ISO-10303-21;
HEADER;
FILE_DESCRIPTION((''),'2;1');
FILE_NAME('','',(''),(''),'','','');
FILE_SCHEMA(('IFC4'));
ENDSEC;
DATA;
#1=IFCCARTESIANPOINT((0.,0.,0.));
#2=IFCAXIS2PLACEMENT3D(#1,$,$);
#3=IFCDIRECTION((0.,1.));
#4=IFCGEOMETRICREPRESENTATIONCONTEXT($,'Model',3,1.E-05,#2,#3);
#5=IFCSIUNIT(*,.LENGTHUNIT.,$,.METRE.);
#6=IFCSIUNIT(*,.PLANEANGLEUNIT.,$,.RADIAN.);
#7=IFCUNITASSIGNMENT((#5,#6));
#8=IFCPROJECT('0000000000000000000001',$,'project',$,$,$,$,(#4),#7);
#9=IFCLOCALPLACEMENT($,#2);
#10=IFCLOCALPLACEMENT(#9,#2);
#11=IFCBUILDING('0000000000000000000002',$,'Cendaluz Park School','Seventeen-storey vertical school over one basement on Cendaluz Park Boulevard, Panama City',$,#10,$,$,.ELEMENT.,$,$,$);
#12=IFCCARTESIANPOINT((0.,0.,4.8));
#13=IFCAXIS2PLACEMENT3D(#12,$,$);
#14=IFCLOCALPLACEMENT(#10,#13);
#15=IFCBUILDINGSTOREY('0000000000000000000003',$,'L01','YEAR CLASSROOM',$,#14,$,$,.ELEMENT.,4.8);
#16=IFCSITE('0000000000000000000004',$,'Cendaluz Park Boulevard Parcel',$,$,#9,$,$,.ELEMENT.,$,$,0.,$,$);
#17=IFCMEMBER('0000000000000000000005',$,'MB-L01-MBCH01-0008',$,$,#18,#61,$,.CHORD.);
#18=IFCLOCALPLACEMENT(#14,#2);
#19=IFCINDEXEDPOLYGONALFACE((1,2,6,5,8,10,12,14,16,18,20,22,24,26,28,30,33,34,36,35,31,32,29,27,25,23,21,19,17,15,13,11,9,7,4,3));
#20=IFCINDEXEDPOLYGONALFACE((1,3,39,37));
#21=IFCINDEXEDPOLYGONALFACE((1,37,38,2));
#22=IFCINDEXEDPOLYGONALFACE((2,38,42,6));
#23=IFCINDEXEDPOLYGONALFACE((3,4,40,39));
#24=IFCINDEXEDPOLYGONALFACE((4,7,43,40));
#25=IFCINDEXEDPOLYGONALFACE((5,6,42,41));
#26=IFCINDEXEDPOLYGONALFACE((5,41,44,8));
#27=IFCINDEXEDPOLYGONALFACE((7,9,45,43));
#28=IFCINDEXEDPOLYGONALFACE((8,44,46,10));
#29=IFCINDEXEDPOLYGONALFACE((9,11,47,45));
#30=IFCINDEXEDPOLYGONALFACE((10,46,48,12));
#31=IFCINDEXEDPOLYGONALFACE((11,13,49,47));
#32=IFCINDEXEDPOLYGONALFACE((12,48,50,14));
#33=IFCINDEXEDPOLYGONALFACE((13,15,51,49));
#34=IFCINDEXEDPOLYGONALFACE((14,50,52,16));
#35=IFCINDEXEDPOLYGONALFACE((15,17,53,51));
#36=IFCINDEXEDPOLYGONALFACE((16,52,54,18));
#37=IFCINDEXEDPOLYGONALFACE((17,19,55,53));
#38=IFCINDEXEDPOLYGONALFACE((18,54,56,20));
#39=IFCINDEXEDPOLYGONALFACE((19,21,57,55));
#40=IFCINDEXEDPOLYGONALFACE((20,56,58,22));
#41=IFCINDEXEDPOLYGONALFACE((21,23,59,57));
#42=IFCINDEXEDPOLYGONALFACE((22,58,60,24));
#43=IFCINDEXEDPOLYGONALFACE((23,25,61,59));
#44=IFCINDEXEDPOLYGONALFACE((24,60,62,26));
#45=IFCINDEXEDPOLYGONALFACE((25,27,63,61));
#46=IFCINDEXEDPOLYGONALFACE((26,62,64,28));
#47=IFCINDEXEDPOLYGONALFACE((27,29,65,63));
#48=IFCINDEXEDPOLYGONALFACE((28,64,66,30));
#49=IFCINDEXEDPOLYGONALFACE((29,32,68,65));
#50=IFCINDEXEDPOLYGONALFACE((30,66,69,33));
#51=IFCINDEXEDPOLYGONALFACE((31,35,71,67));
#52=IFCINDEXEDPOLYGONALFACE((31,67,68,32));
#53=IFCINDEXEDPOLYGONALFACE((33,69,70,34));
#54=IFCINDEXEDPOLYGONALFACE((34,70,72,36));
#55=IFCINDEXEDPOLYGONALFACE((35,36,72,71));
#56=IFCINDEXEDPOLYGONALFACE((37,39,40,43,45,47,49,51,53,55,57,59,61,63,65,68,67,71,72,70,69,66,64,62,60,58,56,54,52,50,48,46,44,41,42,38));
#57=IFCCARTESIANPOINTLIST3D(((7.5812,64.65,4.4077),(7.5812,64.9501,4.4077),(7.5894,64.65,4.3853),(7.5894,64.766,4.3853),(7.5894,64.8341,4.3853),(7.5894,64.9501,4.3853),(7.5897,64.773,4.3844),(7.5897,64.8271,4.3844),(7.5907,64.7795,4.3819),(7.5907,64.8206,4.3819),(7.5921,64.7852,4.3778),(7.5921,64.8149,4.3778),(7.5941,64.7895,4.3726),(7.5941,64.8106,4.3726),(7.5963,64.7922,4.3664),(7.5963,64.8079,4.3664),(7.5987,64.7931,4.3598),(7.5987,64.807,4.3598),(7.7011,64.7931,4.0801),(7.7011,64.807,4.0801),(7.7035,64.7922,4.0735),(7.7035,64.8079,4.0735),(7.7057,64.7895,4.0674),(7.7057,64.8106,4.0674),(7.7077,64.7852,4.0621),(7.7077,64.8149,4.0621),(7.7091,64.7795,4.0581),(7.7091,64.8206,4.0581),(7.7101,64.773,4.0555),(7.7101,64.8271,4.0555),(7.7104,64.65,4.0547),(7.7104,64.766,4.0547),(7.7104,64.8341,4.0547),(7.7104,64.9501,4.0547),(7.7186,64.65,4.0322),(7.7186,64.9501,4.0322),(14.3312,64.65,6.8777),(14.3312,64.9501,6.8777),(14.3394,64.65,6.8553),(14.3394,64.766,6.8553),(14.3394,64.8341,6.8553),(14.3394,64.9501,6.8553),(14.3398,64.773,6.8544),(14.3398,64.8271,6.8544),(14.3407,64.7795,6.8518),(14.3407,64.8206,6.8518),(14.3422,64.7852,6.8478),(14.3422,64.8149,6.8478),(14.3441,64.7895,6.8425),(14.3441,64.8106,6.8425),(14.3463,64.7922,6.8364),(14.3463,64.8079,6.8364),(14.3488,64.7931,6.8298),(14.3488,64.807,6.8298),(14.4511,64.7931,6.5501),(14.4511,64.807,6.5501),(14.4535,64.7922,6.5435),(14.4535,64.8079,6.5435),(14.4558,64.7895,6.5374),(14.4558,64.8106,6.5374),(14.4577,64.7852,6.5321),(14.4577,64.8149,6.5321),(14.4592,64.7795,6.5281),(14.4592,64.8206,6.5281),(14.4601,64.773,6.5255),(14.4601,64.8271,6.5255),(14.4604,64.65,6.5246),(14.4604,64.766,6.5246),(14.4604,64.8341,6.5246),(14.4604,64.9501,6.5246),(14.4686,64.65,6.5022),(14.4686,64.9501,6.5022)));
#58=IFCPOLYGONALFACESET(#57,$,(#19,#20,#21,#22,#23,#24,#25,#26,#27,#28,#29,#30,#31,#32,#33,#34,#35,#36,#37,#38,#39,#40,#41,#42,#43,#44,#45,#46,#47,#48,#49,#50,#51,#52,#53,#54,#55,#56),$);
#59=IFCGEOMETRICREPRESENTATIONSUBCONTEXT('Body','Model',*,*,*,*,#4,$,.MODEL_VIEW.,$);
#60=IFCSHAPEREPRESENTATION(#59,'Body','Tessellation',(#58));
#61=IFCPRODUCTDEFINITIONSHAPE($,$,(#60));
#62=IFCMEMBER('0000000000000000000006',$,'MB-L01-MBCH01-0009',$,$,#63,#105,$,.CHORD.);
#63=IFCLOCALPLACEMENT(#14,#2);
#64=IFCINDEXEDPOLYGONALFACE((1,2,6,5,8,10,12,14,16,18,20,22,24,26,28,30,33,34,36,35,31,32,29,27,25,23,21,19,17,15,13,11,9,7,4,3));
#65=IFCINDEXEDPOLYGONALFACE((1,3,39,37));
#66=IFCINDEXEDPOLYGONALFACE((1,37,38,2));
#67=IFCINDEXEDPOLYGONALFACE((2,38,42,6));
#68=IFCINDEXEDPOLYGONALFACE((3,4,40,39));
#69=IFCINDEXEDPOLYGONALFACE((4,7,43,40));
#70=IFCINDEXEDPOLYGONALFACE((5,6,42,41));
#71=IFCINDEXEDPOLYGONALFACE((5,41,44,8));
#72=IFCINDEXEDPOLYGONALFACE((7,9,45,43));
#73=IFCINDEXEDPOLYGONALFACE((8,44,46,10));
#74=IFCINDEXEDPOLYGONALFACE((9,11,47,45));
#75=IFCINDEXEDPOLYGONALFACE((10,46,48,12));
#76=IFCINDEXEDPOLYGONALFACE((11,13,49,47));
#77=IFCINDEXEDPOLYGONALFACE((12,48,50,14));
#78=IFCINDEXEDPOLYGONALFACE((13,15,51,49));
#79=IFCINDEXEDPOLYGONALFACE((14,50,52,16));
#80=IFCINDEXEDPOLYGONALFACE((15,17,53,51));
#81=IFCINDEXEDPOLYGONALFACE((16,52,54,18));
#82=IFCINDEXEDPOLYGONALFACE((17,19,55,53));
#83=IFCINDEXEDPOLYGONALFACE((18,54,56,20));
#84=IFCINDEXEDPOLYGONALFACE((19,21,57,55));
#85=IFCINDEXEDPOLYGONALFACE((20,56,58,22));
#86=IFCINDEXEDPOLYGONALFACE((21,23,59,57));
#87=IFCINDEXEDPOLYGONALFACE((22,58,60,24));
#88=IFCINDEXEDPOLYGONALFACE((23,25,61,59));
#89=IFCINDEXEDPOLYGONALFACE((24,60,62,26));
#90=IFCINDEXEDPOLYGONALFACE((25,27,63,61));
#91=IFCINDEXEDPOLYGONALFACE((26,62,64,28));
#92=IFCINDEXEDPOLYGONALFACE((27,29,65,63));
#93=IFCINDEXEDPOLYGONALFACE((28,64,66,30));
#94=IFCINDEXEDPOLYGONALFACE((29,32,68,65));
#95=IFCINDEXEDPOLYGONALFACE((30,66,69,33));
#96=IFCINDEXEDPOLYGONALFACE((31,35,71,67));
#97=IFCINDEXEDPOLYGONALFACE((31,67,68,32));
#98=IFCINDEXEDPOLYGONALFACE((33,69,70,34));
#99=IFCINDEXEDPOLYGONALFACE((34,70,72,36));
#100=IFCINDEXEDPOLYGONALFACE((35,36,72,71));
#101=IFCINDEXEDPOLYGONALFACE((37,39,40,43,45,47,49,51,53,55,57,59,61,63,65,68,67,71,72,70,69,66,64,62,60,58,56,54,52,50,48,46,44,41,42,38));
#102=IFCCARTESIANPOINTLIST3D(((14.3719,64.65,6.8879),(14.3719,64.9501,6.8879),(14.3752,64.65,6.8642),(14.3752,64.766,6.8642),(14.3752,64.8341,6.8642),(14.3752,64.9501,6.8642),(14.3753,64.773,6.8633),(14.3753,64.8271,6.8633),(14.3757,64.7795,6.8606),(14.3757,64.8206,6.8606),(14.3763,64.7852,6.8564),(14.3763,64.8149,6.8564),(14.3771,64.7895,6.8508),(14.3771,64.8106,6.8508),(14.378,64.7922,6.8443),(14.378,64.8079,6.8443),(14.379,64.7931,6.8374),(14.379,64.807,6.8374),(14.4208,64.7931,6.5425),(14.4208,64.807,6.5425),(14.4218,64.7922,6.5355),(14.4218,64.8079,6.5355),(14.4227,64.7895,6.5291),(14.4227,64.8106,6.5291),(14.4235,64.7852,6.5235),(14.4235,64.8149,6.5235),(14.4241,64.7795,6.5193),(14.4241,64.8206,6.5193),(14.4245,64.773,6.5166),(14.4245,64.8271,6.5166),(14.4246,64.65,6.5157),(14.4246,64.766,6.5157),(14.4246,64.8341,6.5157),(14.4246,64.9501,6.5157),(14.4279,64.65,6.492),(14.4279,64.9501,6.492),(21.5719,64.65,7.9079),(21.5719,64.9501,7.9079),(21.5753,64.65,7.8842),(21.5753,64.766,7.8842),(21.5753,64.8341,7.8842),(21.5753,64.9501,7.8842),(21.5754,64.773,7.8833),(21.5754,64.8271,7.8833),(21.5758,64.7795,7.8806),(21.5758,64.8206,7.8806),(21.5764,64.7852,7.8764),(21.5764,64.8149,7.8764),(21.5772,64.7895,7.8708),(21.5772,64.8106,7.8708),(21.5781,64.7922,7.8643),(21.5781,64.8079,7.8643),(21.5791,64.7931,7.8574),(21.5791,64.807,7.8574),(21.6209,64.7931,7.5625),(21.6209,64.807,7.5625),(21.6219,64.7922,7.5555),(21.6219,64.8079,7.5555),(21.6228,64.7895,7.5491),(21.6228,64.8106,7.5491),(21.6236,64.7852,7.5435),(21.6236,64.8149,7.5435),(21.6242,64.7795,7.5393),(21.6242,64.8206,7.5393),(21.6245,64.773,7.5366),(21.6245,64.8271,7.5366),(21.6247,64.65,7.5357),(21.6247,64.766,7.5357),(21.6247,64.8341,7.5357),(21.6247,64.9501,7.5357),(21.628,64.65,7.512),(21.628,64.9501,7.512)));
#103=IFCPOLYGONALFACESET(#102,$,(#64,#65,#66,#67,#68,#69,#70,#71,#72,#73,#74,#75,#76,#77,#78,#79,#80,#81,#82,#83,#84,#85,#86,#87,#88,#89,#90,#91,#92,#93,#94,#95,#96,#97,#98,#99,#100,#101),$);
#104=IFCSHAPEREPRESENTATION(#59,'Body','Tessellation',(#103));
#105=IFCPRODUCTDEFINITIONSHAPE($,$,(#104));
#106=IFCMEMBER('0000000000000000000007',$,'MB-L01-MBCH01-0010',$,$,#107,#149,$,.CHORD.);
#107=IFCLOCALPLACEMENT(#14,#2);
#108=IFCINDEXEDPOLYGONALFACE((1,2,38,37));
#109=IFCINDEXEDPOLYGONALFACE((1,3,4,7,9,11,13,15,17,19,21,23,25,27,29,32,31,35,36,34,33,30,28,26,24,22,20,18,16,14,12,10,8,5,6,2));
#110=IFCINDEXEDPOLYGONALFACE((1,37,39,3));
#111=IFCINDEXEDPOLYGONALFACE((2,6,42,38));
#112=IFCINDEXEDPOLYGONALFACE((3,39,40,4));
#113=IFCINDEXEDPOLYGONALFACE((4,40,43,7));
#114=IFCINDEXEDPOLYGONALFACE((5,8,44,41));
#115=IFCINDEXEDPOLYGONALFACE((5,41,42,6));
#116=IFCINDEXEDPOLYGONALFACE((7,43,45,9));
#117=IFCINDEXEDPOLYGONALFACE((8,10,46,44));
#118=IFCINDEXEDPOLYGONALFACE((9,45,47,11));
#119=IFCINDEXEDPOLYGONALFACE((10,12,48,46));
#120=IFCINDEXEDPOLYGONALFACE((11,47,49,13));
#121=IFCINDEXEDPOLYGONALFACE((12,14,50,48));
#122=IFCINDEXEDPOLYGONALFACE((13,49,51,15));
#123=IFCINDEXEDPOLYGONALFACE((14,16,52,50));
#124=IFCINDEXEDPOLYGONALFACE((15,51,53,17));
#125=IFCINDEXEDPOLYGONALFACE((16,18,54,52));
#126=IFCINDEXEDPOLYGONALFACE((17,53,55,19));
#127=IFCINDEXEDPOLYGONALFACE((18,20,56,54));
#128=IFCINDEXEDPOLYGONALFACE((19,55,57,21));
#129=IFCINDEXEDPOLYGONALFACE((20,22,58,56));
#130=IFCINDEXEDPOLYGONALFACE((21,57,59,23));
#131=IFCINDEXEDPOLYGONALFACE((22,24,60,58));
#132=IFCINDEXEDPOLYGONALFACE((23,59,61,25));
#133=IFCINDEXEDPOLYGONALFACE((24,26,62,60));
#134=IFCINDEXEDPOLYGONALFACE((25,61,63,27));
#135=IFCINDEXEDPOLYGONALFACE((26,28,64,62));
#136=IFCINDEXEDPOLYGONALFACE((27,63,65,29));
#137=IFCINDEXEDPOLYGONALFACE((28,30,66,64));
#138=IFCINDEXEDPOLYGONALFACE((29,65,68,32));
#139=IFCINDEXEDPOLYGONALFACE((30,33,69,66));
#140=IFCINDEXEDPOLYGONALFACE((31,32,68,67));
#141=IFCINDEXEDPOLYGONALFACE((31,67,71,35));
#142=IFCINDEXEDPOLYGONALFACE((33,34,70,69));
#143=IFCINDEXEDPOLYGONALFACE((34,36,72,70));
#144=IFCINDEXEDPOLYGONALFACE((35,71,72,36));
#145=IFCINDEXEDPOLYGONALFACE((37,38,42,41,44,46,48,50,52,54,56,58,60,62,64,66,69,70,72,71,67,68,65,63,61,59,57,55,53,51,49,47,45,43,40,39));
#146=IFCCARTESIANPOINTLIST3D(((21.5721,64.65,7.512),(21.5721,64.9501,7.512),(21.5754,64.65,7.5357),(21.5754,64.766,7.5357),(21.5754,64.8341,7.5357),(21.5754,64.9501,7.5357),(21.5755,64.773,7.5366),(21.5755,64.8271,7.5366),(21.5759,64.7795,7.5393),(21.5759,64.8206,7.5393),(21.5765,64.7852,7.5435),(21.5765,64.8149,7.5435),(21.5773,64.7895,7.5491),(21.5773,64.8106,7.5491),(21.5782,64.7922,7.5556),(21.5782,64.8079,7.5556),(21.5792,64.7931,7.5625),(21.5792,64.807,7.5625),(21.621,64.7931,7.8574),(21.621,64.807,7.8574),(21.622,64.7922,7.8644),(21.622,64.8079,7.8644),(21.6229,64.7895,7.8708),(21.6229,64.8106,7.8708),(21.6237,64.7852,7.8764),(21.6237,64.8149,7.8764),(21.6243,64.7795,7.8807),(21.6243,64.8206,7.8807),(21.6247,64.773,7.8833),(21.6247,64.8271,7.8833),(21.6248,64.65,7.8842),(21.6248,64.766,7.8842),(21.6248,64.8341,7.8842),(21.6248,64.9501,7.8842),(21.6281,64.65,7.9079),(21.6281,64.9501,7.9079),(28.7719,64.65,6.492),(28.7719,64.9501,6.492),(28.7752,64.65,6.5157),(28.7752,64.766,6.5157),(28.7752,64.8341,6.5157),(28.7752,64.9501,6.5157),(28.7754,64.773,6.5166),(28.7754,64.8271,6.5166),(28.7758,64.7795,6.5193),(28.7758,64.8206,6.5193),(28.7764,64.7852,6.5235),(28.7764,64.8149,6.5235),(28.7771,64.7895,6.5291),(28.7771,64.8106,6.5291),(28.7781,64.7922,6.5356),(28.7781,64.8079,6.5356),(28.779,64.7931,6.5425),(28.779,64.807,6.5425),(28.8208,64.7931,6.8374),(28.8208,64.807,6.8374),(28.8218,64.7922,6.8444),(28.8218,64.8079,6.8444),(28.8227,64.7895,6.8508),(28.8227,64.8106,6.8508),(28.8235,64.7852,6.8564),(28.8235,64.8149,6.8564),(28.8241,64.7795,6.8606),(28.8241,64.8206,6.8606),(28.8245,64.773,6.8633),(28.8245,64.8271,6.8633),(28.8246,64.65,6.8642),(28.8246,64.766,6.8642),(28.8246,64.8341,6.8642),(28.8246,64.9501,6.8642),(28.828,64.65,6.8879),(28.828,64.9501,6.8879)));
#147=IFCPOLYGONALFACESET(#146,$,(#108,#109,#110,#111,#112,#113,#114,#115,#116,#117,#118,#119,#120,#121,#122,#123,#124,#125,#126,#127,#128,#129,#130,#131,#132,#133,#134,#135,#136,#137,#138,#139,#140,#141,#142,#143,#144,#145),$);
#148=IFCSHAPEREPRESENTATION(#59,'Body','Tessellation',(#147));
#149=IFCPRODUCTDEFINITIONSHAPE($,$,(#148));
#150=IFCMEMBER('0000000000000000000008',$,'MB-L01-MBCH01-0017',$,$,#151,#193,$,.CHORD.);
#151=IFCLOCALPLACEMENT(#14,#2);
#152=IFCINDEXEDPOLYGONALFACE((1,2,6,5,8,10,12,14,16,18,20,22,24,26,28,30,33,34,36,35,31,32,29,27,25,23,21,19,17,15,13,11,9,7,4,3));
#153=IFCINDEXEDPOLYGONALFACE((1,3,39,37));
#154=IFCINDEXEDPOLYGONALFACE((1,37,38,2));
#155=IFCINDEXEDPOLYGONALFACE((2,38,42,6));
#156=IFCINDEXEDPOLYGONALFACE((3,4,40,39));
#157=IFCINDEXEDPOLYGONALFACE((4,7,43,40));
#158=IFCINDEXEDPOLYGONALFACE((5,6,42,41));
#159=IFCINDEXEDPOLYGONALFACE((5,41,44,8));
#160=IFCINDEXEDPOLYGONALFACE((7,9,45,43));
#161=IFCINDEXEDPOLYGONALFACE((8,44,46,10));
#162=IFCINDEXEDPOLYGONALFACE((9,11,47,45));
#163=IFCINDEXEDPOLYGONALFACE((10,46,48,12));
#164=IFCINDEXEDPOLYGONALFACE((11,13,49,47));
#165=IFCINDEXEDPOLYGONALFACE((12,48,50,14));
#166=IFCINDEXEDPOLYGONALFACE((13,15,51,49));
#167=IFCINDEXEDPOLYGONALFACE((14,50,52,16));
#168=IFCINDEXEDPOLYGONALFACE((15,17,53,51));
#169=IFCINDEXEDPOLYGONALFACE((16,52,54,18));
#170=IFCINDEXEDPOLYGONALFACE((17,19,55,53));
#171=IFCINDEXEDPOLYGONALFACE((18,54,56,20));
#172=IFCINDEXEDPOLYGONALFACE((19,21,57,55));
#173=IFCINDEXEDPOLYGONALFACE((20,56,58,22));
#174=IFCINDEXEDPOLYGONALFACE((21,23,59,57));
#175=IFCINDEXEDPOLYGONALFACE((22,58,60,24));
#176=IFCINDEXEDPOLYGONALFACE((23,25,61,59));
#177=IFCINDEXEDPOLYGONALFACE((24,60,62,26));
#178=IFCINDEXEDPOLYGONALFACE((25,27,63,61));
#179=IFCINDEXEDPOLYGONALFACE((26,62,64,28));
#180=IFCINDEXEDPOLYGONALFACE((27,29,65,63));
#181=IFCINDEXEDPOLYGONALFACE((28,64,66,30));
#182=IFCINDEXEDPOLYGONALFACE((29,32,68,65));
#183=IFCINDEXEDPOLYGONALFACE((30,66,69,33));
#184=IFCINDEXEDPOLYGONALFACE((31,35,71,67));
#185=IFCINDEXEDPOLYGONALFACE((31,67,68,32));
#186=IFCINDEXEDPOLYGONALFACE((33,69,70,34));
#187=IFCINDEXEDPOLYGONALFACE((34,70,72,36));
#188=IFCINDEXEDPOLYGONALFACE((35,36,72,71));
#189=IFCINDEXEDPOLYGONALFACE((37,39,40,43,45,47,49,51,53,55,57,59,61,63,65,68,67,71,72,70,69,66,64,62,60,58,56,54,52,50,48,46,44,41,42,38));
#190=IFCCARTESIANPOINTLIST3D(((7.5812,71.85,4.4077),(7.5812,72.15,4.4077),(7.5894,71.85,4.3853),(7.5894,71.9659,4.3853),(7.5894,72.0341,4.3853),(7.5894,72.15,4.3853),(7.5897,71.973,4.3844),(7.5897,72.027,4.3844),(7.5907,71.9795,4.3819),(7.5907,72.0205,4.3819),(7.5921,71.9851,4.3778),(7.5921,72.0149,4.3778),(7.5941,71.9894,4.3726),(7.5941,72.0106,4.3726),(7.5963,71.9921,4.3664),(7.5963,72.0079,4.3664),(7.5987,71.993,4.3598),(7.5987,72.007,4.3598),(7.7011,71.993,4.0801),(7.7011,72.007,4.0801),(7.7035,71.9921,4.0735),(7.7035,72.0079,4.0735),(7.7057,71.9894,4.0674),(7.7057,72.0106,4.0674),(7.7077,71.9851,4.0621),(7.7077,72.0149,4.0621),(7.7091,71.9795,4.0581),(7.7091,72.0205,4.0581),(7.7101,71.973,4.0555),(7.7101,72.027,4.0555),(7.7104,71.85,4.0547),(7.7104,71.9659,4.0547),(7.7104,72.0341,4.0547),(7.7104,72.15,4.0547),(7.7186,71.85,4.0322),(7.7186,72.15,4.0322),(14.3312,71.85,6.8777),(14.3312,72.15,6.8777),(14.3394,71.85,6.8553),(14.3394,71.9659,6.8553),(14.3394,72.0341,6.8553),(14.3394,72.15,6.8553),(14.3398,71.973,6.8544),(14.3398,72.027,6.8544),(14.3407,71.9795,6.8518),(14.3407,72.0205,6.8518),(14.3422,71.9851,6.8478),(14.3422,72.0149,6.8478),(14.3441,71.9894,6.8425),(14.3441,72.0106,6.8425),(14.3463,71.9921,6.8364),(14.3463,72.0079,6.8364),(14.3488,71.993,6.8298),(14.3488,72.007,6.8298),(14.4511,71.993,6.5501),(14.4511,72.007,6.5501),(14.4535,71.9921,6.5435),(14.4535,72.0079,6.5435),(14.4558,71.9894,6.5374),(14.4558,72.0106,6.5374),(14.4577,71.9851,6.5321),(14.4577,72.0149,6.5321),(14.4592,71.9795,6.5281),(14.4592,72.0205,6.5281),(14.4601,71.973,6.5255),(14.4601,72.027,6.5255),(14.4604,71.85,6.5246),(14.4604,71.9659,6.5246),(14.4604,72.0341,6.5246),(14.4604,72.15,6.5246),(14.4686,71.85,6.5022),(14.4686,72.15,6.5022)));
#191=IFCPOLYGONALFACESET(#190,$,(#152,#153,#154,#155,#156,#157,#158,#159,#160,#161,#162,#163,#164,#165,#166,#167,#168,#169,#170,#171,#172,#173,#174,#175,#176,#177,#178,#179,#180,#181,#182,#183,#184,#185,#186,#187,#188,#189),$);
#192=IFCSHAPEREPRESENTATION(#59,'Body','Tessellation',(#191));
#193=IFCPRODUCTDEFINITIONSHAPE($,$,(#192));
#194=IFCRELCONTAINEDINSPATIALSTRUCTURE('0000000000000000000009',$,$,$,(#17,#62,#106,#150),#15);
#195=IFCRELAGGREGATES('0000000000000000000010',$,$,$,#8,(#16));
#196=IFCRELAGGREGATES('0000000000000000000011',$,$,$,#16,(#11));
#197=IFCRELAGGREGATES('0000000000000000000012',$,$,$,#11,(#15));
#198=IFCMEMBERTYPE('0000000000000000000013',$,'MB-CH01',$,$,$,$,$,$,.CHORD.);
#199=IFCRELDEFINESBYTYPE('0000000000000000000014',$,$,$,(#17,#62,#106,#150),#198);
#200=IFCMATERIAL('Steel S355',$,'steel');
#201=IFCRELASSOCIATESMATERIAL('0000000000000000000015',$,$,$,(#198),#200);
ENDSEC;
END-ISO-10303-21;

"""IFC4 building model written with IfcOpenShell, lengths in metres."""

from ifc_helpers import new_model, si_unit, direction, frame, origin, origin_2d, place, context, subcontext, project, spatial, i_section, extrude, material, material_profile, profile_set, type_object, element, save


model = new_model("IFC4")

# Units and contexts
model_context = context("Model", 3, precision=1e-05, world=origin(), true_north=direction((0.0, 1.0)))
body_context = subcontext(model_context, "Body", "Model", "MODEL_VIEW")
ifc_project = project(units=[si_unit("LENGTHUNIT", "METRE"), si_unit("PLANEANGLEUNIT", "RADIAN")], contexts=[model_context])

# Site, building, storey
site_placement = place(None, origin())
site = spatial("IfcSite", under=ifc_project, at=site_placement, Name="Cendaluz Park Boulevard Parcel", CompositionType="ELEMENT", RefElevation=0.0)
building_placement = place(site_placement, origin())
building = spatial("IfcBuilding", under=site, at=building_placement, Name="Cendaluz Park School", Description="Seventeen-storey vertical school over one basement on Cendaluz Park Boulevard, Panama City", CompositionType="ELEMENT")
storey_placement = place(building_placement, frame((0.0, 0.0, 4.8)))
storey = spatial("IfcBuildingStorey", under=building, at=storey_placement, Name="L01", Description="YEAR CLASSROOM", CompositionType="ELEMENT", Elevation=4.8)

# Shared definitions
ifc_material_1 = material(Name="Steel S355", Category="steel")

# Members
ifc_material_profile_1 = material_profile(ifc_material_1, i_section(OverallWidth=0.3, OverallDepth=0.3999, WebThickness=0.0139, FlangeThickness=0.0239, FilletRadius=0.0271, at=origin_2d()), Name="HEB 400", Category="steel")
ifc_profile_set_1 = profile_set([ifc_material_profile_1], Name="Steel S355")
member_type_1 = type_object("IfcMemberType", Name="MB-CH01", PredefinedType="CHORD", material=ifc_profile_set_1)
member_1_placement = place(storey_placement, frame((7.6499, 64.8, 4.22), z_axis=(0.939102, 0.0, 0.343638), x_axis=(0.0, 1.0, 0.0)))
element("IfcMember", 1, at=member_1_placement, inside=storey, type_object=member_type_1, Name="MB-L01-MBCH01-0008", PredefinedType="CHORD", context=body_context, shape_type="SweptSolid", body=[
    extrude(i_section(OverallWidth=0.3, OverallDepth=0.3999, WebThickness=0.0139, FlangeThickness=0.0239, FilletRadius=0.0271, at=origin_2d()), origin(), (0.0, 0.0, 1.0), 7.1877),
])
member_2_placement = place(storey_placement, frame((14.3999, 64.8, 6.6899), z_axis=(0.990114, 0.0, 0.140265), x_axis=(0.0, 1.0, 0.0)))
element("IfcMember", 2, at=member_2_placement, inside=storey, type_object=member_type_1, Name="MB-L01-MBCH01-0009", PredefinedType="CHORD", context=body_context, shape_type="SweptSolid", body=[
    extrude(i_section(OverallWidth=0.3, OverallDepth=0.3999, WebThickness=0.0139, FlangeThickness=0.0239, FilletRadius=0.0271, at=origin_2d()), origin(), (0.0, 0.0, 1.0), 7.272),
])
member_3_placement = place(storey_placement, frame((21.6001, 64.8, 7.71), z_axis=(0.990113, 0.0, -0.14027), x_axis=(0.0, 1.0, 0.0)))
element("IfcMember", 3, at=member_3_placement, inside=storey, type_object=member_type_1, Name="MB-L01-MBCH01-0010", PredefinedType="CHORD", context=body_context, shape_type="SweptSolid", body=[
    extrude(i_section(OverallWidth=0.3, OverallDepth=0.3999, WebThickness=0.0139, FlangeThickness=0.0239, FilletRadius=0.0271, at=origin_2d()), origin(), (0.0, 0.0, 1.0), 7.2717),
])
member_4_placement = place(storey_placement, frame((7.6499, 72.0, 4.22), z_axis=(0.939102, 0.0, 0.343638), x_axis=(0.0, 1.0, 0.0)))
element("IfcMember", 4, at=member_4_placement, inside=storey, type_object=member_type_1, Name="MB-L01-MBCH01-0017", PredefinedType="CHORD", context=body_context, shape_type="SweptSolid", body=[
    extrude(i_section(OverallWidth=0.3, OverallDepth=0.3999, WebThickness=0.0139, FlangeThickness=0.0239, FilletRadius=0.0271, at=origin_2d()), origin(), (0.0, 0.0, 1.0), 7.1877),
])

save(model, "model.ifc")
